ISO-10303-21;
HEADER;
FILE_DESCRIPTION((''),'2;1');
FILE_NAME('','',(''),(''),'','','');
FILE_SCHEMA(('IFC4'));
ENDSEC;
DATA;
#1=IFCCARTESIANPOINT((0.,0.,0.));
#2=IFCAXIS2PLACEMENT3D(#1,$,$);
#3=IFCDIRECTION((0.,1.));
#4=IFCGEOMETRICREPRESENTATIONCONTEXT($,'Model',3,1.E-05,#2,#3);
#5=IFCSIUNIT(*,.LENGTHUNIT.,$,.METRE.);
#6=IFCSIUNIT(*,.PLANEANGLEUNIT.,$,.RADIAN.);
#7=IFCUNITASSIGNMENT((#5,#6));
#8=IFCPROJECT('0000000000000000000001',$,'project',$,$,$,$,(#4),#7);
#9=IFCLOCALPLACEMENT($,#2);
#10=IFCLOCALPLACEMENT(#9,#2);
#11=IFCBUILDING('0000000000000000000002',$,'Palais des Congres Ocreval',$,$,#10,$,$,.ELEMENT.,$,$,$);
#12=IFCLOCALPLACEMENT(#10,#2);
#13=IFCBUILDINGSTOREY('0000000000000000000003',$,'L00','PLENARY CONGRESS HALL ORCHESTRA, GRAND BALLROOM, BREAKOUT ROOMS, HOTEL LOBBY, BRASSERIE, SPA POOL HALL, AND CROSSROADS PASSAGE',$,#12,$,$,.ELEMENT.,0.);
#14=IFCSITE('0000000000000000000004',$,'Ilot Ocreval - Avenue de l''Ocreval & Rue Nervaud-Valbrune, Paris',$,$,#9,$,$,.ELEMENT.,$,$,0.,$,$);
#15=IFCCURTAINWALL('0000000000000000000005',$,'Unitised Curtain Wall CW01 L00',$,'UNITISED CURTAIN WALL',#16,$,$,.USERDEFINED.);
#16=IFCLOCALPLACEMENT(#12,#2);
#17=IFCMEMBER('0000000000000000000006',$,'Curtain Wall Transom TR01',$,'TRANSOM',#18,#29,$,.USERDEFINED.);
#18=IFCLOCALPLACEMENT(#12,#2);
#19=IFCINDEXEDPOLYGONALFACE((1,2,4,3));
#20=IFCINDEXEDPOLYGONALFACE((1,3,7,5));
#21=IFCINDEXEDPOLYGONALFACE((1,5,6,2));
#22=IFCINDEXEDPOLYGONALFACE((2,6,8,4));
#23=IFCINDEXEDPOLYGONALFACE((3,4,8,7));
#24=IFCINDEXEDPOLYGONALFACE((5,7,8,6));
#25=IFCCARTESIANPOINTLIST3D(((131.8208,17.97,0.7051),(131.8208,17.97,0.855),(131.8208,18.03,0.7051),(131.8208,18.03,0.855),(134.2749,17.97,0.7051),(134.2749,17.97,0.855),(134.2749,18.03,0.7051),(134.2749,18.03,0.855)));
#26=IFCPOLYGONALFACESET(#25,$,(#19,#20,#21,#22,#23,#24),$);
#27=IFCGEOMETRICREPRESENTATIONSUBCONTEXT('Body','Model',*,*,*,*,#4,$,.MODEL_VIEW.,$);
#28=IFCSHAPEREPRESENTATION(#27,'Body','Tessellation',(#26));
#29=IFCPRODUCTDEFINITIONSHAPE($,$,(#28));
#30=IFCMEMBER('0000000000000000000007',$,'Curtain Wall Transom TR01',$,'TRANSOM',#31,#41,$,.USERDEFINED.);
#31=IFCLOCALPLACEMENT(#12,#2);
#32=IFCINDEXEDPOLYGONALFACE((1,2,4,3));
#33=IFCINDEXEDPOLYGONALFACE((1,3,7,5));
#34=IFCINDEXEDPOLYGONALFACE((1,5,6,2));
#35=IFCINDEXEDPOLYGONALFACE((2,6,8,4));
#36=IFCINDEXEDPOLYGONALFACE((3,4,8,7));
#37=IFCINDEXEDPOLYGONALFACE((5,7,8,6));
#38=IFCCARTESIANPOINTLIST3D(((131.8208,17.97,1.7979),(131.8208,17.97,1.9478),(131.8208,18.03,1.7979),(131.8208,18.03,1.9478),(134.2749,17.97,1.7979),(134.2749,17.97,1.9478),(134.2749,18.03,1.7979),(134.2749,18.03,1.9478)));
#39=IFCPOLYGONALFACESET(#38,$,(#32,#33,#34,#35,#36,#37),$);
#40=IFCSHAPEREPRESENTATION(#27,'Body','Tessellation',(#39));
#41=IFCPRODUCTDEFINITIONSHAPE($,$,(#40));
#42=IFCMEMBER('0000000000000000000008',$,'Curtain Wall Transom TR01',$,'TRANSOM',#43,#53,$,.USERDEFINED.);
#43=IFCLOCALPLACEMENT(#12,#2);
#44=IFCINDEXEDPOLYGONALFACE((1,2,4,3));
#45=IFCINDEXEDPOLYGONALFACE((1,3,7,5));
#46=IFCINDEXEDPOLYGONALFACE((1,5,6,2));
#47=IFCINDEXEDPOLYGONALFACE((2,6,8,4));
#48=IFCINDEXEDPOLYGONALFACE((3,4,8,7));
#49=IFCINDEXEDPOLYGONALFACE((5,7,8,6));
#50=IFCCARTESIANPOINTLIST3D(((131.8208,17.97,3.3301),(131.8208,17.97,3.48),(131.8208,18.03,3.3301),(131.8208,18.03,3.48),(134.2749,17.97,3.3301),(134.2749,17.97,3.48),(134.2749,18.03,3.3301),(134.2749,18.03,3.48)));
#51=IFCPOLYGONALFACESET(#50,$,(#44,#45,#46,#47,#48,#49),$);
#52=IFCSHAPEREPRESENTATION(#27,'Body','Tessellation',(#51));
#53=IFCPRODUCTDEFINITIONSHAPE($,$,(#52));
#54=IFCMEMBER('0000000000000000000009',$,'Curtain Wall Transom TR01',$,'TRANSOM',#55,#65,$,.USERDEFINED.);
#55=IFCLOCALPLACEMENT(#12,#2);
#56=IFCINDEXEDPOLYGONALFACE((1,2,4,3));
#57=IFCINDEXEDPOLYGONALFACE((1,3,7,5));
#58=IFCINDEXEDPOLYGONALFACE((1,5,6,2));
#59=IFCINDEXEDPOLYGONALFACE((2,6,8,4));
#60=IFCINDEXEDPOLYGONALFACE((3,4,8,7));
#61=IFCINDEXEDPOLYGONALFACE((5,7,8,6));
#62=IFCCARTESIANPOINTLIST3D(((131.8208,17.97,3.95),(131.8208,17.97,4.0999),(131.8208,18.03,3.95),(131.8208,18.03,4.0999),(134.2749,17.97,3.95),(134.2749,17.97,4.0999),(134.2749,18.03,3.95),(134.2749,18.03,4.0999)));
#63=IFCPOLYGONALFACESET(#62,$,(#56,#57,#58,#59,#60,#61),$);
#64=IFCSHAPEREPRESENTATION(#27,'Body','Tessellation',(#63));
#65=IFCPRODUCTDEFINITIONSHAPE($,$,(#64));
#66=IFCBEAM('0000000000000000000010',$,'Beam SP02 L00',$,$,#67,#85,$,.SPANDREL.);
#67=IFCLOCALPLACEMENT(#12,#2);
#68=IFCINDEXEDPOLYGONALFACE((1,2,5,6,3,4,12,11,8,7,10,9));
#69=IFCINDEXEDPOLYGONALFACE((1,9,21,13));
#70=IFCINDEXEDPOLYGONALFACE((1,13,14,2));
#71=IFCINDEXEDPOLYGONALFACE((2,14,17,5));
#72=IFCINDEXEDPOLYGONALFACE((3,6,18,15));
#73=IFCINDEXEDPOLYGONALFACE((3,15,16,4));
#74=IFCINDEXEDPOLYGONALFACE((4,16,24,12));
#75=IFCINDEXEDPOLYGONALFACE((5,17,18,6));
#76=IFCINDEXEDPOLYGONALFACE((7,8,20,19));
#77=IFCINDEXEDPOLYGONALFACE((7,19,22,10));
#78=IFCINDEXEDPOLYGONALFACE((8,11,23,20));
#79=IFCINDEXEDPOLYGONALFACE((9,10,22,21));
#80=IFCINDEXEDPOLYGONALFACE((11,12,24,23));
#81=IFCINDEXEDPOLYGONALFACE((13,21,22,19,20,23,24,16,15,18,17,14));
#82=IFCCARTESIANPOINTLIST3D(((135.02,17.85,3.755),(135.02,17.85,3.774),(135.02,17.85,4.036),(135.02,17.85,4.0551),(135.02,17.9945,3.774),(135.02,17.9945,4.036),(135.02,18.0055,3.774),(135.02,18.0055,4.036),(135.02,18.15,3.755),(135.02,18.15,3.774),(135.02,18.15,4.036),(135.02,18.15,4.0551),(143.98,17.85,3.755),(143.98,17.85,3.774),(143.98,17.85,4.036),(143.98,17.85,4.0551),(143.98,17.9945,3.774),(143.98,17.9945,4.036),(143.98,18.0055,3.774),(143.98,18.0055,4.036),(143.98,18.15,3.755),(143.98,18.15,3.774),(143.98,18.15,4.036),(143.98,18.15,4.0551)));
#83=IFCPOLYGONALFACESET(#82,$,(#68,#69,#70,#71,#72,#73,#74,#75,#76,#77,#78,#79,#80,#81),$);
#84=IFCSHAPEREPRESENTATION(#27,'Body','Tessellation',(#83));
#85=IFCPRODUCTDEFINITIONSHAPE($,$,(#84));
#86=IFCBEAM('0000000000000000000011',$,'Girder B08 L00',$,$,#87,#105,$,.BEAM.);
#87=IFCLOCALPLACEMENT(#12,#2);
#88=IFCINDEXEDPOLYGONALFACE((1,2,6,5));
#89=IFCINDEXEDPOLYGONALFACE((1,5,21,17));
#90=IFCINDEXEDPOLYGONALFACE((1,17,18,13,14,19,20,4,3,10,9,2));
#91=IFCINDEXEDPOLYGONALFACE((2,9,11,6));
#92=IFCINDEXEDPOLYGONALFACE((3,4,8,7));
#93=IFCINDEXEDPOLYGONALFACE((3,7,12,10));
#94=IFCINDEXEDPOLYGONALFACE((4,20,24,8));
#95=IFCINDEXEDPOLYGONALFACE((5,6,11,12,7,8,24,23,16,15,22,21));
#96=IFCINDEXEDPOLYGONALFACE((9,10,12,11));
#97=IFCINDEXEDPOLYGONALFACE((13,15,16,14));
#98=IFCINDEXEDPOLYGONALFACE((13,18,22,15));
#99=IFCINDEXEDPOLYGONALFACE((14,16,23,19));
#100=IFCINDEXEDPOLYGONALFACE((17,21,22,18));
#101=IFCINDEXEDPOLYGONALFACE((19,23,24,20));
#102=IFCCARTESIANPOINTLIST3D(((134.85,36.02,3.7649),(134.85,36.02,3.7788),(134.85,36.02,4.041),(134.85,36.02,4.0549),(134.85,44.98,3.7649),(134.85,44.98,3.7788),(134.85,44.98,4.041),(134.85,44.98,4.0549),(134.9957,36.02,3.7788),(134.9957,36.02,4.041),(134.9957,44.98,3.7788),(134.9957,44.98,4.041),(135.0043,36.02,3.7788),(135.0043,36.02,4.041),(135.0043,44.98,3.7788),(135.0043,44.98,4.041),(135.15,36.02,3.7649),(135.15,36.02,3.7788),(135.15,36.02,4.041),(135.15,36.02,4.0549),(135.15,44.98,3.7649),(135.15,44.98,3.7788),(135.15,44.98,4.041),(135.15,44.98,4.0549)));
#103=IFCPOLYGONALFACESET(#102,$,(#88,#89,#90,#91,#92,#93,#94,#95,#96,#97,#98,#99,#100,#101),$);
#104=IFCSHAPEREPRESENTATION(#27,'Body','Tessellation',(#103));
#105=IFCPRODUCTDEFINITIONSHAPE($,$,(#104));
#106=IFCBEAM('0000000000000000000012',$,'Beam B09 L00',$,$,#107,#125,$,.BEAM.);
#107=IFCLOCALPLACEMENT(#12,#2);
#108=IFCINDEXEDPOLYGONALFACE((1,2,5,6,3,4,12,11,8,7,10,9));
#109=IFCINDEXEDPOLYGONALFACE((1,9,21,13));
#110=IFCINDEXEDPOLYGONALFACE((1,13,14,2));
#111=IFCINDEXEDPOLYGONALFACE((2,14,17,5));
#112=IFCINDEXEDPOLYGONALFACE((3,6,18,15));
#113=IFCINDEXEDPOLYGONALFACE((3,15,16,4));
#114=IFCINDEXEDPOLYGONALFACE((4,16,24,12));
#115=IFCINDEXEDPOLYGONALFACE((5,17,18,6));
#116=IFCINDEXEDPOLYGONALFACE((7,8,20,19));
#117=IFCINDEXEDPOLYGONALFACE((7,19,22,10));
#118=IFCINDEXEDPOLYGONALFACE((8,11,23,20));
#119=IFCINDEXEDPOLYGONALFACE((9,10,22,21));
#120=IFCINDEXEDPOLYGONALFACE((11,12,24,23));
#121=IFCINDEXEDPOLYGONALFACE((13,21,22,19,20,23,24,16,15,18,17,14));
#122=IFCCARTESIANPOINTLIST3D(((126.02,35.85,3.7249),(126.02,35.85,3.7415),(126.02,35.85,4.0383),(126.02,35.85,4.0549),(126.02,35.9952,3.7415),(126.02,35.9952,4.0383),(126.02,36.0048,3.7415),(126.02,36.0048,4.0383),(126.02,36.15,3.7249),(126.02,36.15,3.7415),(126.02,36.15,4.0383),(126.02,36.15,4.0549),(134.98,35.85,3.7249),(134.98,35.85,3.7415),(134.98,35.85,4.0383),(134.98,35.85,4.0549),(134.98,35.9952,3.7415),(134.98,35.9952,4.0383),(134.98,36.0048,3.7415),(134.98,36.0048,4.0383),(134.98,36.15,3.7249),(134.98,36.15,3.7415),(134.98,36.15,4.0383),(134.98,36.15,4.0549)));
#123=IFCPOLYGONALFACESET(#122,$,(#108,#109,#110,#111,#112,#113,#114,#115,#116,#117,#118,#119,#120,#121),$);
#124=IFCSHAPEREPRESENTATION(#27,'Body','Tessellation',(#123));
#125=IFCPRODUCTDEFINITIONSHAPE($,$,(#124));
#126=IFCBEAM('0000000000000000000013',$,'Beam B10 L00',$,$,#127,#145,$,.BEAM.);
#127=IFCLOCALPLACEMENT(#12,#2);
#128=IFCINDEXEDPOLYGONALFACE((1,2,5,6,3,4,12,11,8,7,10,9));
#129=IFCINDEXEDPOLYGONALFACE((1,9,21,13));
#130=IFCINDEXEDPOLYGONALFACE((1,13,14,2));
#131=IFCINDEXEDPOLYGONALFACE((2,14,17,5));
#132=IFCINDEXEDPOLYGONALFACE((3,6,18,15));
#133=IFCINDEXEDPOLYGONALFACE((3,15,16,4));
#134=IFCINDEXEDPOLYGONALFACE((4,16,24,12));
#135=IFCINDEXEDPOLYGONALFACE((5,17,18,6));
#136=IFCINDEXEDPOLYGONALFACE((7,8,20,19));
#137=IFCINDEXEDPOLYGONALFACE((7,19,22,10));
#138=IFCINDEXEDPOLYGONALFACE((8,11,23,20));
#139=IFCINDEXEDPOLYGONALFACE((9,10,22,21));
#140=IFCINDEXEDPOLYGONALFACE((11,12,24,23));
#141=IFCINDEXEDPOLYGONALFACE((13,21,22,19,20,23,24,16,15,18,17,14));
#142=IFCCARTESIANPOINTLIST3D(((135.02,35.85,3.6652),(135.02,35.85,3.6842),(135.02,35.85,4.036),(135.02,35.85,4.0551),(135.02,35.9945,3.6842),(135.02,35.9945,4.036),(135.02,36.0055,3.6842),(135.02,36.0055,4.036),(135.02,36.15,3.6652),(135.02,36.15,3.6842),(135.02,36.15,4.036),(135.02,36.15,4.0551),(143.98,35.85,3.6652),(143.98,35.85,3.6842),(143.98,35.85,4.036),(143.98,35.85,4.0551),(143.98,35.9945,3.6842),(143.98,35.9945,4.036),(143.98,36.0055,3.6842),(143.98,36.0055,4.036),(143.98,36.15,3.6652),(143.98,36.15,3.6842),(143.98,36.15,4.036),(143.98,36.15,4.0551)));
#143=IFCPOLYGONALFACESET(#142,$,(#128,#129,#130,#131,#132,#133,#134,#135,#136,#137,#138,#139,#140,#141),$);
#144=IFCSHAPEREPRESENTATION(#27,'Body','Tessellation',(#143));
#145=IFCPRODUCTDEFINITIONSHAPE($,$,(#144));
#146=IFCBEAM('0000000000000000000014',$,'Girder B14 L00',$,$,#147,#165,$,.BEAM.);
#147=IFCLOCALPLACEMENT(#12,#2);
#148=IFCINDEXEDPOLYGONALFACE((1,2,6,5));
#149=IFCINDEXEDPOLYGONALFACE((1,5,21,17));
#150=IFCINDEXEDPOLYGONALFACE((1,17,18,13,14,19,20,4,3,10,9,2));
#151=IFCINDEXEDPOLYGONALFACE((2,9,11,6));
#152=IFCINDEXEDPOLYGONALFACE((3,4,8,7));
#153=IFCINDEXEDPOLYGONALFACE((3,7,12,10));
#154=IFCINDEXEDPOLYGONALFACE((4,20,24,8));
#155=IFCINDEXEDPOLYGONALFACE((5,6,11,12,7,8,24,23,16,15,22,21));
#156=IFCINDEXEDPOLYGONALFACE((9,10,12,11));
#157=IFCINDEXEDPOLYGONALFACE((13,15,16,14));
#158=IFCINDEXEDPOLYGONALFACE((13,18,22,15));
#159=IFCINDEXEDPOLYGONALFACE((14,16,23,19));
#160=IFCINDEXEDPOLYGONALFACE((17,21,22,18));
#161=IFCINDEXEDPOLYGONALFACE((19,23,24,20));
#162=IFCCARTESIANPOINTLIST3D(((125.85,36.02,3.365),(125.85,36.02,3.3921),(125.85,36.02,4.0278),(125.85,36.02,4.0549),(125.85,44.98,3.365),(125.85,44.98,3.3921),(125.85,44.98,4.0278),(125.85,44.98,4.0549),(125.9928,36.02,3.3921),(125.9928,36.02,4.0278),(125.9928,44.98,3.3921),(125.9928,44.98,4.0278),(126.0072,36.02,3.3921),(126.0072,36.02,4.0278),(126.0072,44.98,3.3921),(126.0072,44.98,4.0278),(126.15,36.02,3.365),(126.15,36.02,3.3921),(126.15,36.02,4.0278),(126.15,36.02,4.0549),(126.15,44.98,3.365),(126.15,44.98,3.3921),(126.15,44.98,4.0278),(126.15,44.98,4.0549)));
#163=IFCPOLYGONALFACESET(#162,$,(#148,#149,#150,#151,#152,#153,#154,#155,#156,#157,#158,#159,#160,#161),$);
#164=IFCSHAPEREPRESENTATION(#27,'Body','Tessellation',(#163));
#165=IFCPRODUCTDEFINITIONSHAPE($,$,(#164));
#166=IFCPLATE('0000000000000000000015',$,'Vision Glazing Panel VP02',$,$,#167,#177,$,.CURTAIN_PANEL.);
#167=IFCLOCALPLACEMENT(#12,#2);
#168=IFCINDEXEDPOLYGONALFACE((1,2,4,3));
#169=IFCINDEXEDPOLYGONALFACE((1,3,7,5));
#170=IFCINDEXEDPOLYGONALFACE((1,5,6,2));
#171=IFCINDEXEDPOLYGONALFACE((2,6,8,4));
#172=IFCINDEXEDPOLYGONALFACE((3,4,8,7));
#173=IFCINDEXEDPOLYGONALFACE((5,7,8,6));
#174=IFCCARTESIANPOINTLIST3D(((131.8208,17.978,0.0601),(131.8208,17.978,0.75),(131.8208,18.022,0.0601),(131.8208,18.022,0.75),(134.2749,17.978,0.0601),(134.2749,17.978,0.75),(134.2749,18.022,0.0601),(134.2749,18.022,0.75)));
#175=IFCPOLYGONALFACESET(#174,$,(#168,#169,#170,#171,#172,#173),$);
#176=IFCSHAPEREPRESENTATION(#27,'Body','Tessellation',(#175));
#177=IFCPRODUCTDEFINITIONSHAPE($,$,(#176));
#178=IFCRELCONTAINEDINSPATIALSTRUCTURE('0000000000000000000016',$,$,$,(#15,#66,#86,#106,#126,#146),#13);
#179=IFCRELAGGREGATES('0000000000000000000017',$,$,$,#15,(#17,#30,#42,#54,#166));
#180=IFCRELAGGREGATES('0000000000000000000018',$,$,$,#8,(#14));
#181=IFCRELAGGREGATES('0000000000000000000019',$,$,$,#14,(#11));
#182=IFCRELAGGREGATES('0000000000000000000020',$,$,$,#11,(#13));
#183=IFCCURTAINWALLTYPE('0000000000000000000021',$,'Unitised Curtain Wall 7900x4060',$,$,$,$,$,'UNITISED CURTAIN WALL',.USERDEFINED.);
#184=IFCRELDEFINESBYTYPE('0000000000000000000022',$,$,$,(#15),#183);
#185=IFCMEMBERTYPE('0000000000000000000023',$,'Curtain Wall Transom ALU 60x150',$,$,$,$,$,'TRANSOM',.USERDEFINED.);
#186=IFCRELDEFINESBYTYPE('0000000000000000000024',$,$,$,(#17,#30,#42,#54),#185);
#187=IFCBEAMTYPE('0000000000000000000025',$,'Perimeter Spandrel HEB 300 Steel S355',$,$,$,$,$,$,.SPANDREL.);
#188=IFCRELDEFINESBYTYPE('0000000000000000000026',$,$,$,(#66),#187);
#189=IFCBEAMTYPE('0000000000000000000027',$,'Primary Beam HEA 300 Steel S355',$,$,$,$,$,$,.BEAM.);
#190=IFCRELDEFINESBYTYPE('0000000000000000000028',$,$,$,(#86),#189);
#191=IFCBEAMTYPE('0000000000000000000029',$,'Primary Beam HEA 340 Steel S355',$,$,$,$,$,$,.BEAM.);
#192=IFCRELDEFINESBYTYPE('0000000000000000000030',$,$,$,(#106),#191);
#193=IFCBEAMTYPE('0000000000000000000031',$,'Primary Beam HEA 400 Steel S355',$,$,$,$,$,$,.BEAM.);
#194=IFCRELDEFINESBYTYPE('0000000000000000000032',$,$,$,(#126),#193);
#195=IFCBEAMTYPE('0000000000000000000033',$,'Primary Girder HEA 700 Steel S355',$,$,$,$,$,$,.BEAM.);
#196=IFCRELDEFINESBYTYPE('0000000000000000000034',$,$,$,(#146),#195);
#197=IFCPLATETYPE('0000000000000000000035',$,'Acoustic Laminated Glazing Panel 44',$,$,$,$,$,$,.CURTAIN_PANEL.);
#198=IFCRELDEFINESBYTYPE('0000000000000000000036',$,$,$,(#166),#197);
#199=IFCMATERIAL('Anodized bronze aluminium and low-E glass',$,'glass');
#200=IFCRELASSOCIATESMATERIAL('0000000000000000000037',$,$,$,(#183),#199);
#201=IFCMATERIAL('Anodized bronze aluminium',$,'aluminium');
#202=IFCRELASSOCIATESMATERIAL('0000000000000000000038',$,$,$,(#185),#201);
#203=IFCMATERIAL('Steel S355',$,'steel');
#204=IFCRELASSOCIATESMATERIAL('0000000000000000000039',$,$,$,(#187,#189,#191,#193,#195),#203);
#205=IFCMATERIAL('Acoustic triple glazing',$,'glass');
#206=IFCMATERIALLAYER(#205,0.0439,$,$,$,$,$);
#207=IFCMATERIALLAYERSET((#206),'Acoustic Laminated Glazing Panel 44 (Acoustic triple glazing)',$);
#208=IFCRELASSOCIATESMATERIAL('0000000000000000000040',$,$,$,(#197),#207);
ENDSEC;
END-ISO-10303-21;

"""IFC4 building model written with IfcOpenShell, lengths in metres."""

from ifc_helpers import new_model, si_unit, direction, frame, origin, origin_2d, place, context, subcontext, project, spatial, rectangle, i_section, extrude, material, layer, layer_set, material_profile, profile_set, type_object, element, aggregate, save


model = new_model("IFC4")

# Units and contexts
model_context = context("Model", 3, precision=1e-05, world=origin(), true_north=direction((0.0, 1.0)))
body_context = subcontext(model_context, "Body", "Model", "MODEL_VIEW")
ifc_project = project(units=[si_unit("LENGTHUNIT", "METRE"), si_unit("PLANEANGLEUNIT", "RADIAN")], contexts=[model_context])

# Site, building, storey
site_placement = place(None, origin())
site = spatial("IfcSite", under=ifc_project, at=site_placement, Name="Ilot Ocreval - Avenue de l'Ocreval & Rue Nervaud-Valbrune, Paris", CompositionType="ELEMENT", RefElevation=0.0)
building_placement = place(site_placement, origin())
building = spatial("IfcBuilding", under=site, at=building_placement, Name="Palais des Congres Ocreval", CompositionType="ELEMENT")
storey_placement = place(building_placement, origin())
storey = spatial("IfcBuildingStorey", under=building, at=storey_placement, Name="L00", Description="PLENARY CONGRESS HALL ORCHESTRA, GRAND BALLROOM, BREAKOUT ROOMS, HOTEL LOBBY, BRASSERIE, SPA POOL HALL, AND CROSSROADS PASSAGE", CompositionType="ELEMENT", Elevation=0.0)

# Shared definitions
ifc_material_1 = material(Name="Steel S355", Category="steel")

# Shared definitions
ifc_material_2 = material(Name="Anodized bronze aluminium and low-E glass", Category="glass")
curtain_wall_type = type_object("IfcCurtainWallType", Name="Unitised Curtain Wall 7900x4060", ElementType="UNITISED CURTAIN WALL", PredefinedType="USERDEFINED", material=ifc_material_2)
ifc_material_3 = material(Name="Anodized bronze aluminium", Category="aluminium")

# Curtain wall
curtain_wall_1_placement = place(storey_placement, origin())
curtain_wall_1 = element("IfcCurtainWall", 1, at=curtain_wall_1_placement, inside=storey, type_object=curtain_wall_type, Name="Unitised Curtain Wall CW01 L00", ObjectType="UNITISED CURTAIN WALL", PredefinedType="USERDEFINED")

# Members
ifc_material_profile_1 = material_profile(ifc_material_3, rectangle(XDim=0.0601, YDim=0.1499, at=origin_2d()), Name="ALU 60x150")
ifc_profile_set_1 = profile_set([ifc_material_profile_1], Name="Anodized bronze aluminium")
member_type_1 = type_object("IfcMemberType", Name="Curtain Wall Transom ALU 60x150", ElementType="TRANSOM", PredefinedType="USERDEFINED", material=ifc_profile_set_1)
member_1_placement = place(storey_placement, frame((131.8208, 18.0, 0.78), z_axis=(1.0, 0.0, 0.0), x_axis=(0.0, 1.0, 0.0)))
member_1 = element("IfcMember", 2, at=member_1_placement, type_object=member_type_1, Name="Curtain Wall Transom TR01", ObjectType="TRANSOM", PredefinedType="USERDEFINED", context=body_context, shape_type="SweptSolid", body=[
    extrude(rectangle(XDim=0.0601, YDim=0.1499, at=origin_2d()), origin(), (0.0, 0.0, 1.0), 2.4541),
])
member_2_placement = place(storey_placement, frame((131.8208, 18.0, 1.8728), z_axis=(1.0, 0.0, 0.0), x_axis=(0.0, 1.0, 0.0)))
member_2 = element("IfcMember", 3, at=member_2_placement, type_object=member_type_1, Name="Curtain Wall Transom TR01", ObjectType="TRANSOM", PredefinedType="USERDEFINED", context=body_context, shape_type="SweptSolid", body=[
    extrude(rectangle(XDim=0.0601, YDim=0.1499, at=origin_2d()), origin(), (0.0, 0.0, 1.0), 2.4541),
])
member_3_placement = place(storey_placement, frame((131.8208, 18.0, 3.405), z_axis=(1.0, 0.0, 0.0), x_axis=(0.0, 1.0, 0.0)))
member_3 = element("IfcMember", 4, at=member_3_placement, type_object=member_type_1, Name="Curtain Wall Transom TR01", ObjectType="TRANSOM", PredefinedType="USERDEFINED", context=body_context, shape_type="SweptSolid", body=[
    extrude(rectangle(XDim=0.0601, YDim=0.1499, at=origin_2d()), origin(), (0.0, 0.0, 1.0), 2.4541),
])
member_4_placement = place(storey_placement, frame((131.8208, 18.0, 4.0249), z_axis=(1.0, 0.0, 0.0), x_axis=(0.0, 1.0, 0.0)))
member_4 = element("IfcMember", 5, at=member_4_placement, type_object=member_type_1, Name="Curtain Wall Transom TR01", ObjectType="TRANSOM", PredefinedType="USERDEFINED", context=body_context, shape_type="SweptSolid", body=[
    extrude(rectangle(XDim=0.0601, YDim=0.1499, at=origin_2d()), origin(), (0.0, 0.0, 1.0), 2.4541),
])

# Beams
ifc_material_profile_2 = material_profile(ifc_material_1, i_section(OverallWidth=0.3, OverallDepth=0.3, WebThickness=0.011, FlangeThickness=0.019, at=origin_2d()), Name="HEB 300")
ifc_profile_set_2 = profile_set([ifc_material_profile_2], Name="Steel S355")
beam_type_1 = type_object("IfcBeamType", Name="Perimeter Spandrel HEB 300 Steel S355", PredefinedType="SPANDREL", material=ifc_profile_set_2)
beam_1_placement = place(storey_placement, frame((135.02, 18.0, 3.905), z_axis=(1.0, 0.0, 0.0), x_axis=(0.0, 1.0, 0.0)))
element("IfcBeam", 6, at=beam_1_placement, inside=storey, type_object=beam_type_1, Name="Beam SP02 L00", PredefinedType="SPANDREL", context=body_context, shape_type="SweptSolid", body=[
    extrude(i_section(OverallWidth=0.3, OverallDepth=0.3, WebThickness=0.011, FlangeThickness=0.019, at=origin_2d()), origin(), (0.0, 0.0, 1.0), 8.96),
])
ifc_material_profile_3 = material_profile(ifc_material_1, i_section(OverallWidth=0.3, OverallDepth=0.29, WebThickness=0.0085, FlangeThickness=0.0139, at=origin_2d()), Name="HEA 300")
ifc_profile_set_3 = profile_set([ifc_material_profile_3], Name="Steel S355")
beam_type_2 = type_object("IfcBeamType", Name="Primary Beam HEA 300 Steel S355", PredefinedType="BEAM", material=ifc_profile_set_3)
beam_2_placement = place(storey_placement, frame((135.0, 36.02, 3.9099), z_axis=(0.0, 1.0, 0.0), x_axis=(-1.0, 0.0, 0.0)))
element("IfcBeam", 7, at=beam_2_placement, inside=storey, type_object=beam_type_2, Name="Girder B08 L00", PredefinedType="BEAM", context=body_context, shape_type="SweptSolid", body=[
    extrude(i_section(OverallWidth=0.3, OverallDepth=0.29, WebThickness=0.0085, FlangeThickness=0.0139, at=origin_2d()), origin(), (0.0, 0.0, 1.0), 8.96),
])
ifc_material_profile_4 = material_profile(ifc_material_1, i_section(OverallWidth=0.3, OverallDepth=0.3301, WebThickness=0.0095, FlangeThickness=0.0166, at=origin_2d()), Name="HEA 340")
ifc_profile_set_4 = profile_set([ifc_material_profile_4], Name="Steel S355")
beam_type_3 = type_object("IfcBeamType", Name="Primary Beam HEA 340 Steel S355", PredefinedType="BEAM", material=ifc_profile_set_4)
beam_3_placement = place(storey_placement, frame((126.02, 36.0, 3.8899), z_axis=(1.0, 0.0, 0.0), x_axis=(0.0, 1.0, 0.0)))
element("IfcBeam", 8, at=beam_3_placement, inside=storey, type_object=beam_type_3, Name="Beam B09 L00", PredefinedType="BEAM", context=body_context, shape_type="SweptSolid", body=[
    extrude(i_section(OverallWidth=0.3, OverallDepth=0.3301, WebThickness=0.0095, FlangeThickness=0.0166, at=origin_2d()), origin(), (0.0, 0.0, 1.0), 8.96),
])
ifc_material_profile_5 = material_profile(ifc_material_1, i_section(OverallWidth=0.3, OverallDepth=0.3899, WebThickness=0.011, FlangeThickness=0.019, at=origin_2d()), Name="HEA 400")
ifc_profile_set_5 = profile_set([ifc_material_profile_5], Name="Steel S355")
beam_type_4 = type_object("IfcBeamType", Name="Primary Beam HEA 400 Steel S355", PredefinedType="BEAM", material=ifc_profile_set_5)
beam_4_placement = place(storey_placement, frame((135.02, 36.0, 3.8601), z_axis=(1.0, 0.0, 0.0), x_axis=(0.0, 1.0, 0.0)))
element("IfcBeam", 9, at=beam_4_placement, inside=storey, type_object=beam_type_4, Name="Beam B10 L00", PredefinedType="BEAM", context=body_context, shape_type="SweptSolid", body=[
    extrude(i_section(OverallWidth=0.3, OverallDepth=0.3899, WebThickness=0.011, FlangeThickness=0.019, at=origin_2d()), origin(), (0.0, 0.0, 1.0), 8.96),
])
ifc_material_profile_6 = material_profile(ifc_material_1, i_section(OverallWidth=0.3, OverallDepth=0.6899, WebThickness=0.0144, FlangeThickness=0.0271, at=origin_2d()), Name="HEA 700")
ifc_profile_set_6 = profile_set([ifc_material_profile_6], Name="Steel S355")
beam_type_5 = type_object("IfcBeamType", Name="Primary Girder HEA 700 Steel S355", PredefinedType="BEAM", material=ifc_profile_set_6)
beam_5_placement = place(storey_placement, frame((126.0, 36.02, 3.71), z_axis=(0.0, 1.0, 0.0), x_axis=(-1.0, 0.0, 0.0)))
element("IfcBeam", 10, at=beam_5_placement, inside=storey, type_object=beam_type_5, Name="Girder B14 L00", PredefinedType="BEAM", context=body_context, shape_type="SweptSolid", body=[
    extrude(i_section(OverallWidth=0.3, OverallDepth=0.6899, WebThickness=0.0144, FlangeThickness=0.0271, at=origin_2d()), origin(), (0.0, 0.0, 1.0), 8.96),
])

# Plate
ifc_material_4 = material(Name="Acoustic triple glazing", Category="glass")
ifc_layer_1 = layer(ifc_material_4, 0.0439)
ifc_layer_set_1 = layer_set([ifc_layer_1], Name="Acoustic Laminated Glazing Panel 44 (Acoustic triple glazing)")
plate_type_1 = type_object("IfcPlateType", Name="Acoustic Laminated Glazing Panel 44", PredefinedType="CURTAIN_PANEL", material=ifc_layer_set_1)
plate_1_placement = place(storey_placement, frame((133.0479, 18.0, 0.0601), z_axis=(0.0, 0.0, 1.0), x_axis=(1.0, 0.0, 0.0)))
plate_1 = element("IfcPlate", 11, at=plate_1_placement, type_object=plate_type_1, Name="Vision Glazing Panel VP02", PredefinedType="CURTAIN_PANEL", context=body_context, shape_type="SweptSolid", body=[
    extrude(rectangle(XDim=2.4541, YDim=0.0439, at=origin_2d()), origin(), (0.0, 0.0, 1.0), 0.6899),
])
aggregate(curtain_wall_1, [member_1, member_2, member_3, member_4, plate_1])

save(model, "model.ifc")
